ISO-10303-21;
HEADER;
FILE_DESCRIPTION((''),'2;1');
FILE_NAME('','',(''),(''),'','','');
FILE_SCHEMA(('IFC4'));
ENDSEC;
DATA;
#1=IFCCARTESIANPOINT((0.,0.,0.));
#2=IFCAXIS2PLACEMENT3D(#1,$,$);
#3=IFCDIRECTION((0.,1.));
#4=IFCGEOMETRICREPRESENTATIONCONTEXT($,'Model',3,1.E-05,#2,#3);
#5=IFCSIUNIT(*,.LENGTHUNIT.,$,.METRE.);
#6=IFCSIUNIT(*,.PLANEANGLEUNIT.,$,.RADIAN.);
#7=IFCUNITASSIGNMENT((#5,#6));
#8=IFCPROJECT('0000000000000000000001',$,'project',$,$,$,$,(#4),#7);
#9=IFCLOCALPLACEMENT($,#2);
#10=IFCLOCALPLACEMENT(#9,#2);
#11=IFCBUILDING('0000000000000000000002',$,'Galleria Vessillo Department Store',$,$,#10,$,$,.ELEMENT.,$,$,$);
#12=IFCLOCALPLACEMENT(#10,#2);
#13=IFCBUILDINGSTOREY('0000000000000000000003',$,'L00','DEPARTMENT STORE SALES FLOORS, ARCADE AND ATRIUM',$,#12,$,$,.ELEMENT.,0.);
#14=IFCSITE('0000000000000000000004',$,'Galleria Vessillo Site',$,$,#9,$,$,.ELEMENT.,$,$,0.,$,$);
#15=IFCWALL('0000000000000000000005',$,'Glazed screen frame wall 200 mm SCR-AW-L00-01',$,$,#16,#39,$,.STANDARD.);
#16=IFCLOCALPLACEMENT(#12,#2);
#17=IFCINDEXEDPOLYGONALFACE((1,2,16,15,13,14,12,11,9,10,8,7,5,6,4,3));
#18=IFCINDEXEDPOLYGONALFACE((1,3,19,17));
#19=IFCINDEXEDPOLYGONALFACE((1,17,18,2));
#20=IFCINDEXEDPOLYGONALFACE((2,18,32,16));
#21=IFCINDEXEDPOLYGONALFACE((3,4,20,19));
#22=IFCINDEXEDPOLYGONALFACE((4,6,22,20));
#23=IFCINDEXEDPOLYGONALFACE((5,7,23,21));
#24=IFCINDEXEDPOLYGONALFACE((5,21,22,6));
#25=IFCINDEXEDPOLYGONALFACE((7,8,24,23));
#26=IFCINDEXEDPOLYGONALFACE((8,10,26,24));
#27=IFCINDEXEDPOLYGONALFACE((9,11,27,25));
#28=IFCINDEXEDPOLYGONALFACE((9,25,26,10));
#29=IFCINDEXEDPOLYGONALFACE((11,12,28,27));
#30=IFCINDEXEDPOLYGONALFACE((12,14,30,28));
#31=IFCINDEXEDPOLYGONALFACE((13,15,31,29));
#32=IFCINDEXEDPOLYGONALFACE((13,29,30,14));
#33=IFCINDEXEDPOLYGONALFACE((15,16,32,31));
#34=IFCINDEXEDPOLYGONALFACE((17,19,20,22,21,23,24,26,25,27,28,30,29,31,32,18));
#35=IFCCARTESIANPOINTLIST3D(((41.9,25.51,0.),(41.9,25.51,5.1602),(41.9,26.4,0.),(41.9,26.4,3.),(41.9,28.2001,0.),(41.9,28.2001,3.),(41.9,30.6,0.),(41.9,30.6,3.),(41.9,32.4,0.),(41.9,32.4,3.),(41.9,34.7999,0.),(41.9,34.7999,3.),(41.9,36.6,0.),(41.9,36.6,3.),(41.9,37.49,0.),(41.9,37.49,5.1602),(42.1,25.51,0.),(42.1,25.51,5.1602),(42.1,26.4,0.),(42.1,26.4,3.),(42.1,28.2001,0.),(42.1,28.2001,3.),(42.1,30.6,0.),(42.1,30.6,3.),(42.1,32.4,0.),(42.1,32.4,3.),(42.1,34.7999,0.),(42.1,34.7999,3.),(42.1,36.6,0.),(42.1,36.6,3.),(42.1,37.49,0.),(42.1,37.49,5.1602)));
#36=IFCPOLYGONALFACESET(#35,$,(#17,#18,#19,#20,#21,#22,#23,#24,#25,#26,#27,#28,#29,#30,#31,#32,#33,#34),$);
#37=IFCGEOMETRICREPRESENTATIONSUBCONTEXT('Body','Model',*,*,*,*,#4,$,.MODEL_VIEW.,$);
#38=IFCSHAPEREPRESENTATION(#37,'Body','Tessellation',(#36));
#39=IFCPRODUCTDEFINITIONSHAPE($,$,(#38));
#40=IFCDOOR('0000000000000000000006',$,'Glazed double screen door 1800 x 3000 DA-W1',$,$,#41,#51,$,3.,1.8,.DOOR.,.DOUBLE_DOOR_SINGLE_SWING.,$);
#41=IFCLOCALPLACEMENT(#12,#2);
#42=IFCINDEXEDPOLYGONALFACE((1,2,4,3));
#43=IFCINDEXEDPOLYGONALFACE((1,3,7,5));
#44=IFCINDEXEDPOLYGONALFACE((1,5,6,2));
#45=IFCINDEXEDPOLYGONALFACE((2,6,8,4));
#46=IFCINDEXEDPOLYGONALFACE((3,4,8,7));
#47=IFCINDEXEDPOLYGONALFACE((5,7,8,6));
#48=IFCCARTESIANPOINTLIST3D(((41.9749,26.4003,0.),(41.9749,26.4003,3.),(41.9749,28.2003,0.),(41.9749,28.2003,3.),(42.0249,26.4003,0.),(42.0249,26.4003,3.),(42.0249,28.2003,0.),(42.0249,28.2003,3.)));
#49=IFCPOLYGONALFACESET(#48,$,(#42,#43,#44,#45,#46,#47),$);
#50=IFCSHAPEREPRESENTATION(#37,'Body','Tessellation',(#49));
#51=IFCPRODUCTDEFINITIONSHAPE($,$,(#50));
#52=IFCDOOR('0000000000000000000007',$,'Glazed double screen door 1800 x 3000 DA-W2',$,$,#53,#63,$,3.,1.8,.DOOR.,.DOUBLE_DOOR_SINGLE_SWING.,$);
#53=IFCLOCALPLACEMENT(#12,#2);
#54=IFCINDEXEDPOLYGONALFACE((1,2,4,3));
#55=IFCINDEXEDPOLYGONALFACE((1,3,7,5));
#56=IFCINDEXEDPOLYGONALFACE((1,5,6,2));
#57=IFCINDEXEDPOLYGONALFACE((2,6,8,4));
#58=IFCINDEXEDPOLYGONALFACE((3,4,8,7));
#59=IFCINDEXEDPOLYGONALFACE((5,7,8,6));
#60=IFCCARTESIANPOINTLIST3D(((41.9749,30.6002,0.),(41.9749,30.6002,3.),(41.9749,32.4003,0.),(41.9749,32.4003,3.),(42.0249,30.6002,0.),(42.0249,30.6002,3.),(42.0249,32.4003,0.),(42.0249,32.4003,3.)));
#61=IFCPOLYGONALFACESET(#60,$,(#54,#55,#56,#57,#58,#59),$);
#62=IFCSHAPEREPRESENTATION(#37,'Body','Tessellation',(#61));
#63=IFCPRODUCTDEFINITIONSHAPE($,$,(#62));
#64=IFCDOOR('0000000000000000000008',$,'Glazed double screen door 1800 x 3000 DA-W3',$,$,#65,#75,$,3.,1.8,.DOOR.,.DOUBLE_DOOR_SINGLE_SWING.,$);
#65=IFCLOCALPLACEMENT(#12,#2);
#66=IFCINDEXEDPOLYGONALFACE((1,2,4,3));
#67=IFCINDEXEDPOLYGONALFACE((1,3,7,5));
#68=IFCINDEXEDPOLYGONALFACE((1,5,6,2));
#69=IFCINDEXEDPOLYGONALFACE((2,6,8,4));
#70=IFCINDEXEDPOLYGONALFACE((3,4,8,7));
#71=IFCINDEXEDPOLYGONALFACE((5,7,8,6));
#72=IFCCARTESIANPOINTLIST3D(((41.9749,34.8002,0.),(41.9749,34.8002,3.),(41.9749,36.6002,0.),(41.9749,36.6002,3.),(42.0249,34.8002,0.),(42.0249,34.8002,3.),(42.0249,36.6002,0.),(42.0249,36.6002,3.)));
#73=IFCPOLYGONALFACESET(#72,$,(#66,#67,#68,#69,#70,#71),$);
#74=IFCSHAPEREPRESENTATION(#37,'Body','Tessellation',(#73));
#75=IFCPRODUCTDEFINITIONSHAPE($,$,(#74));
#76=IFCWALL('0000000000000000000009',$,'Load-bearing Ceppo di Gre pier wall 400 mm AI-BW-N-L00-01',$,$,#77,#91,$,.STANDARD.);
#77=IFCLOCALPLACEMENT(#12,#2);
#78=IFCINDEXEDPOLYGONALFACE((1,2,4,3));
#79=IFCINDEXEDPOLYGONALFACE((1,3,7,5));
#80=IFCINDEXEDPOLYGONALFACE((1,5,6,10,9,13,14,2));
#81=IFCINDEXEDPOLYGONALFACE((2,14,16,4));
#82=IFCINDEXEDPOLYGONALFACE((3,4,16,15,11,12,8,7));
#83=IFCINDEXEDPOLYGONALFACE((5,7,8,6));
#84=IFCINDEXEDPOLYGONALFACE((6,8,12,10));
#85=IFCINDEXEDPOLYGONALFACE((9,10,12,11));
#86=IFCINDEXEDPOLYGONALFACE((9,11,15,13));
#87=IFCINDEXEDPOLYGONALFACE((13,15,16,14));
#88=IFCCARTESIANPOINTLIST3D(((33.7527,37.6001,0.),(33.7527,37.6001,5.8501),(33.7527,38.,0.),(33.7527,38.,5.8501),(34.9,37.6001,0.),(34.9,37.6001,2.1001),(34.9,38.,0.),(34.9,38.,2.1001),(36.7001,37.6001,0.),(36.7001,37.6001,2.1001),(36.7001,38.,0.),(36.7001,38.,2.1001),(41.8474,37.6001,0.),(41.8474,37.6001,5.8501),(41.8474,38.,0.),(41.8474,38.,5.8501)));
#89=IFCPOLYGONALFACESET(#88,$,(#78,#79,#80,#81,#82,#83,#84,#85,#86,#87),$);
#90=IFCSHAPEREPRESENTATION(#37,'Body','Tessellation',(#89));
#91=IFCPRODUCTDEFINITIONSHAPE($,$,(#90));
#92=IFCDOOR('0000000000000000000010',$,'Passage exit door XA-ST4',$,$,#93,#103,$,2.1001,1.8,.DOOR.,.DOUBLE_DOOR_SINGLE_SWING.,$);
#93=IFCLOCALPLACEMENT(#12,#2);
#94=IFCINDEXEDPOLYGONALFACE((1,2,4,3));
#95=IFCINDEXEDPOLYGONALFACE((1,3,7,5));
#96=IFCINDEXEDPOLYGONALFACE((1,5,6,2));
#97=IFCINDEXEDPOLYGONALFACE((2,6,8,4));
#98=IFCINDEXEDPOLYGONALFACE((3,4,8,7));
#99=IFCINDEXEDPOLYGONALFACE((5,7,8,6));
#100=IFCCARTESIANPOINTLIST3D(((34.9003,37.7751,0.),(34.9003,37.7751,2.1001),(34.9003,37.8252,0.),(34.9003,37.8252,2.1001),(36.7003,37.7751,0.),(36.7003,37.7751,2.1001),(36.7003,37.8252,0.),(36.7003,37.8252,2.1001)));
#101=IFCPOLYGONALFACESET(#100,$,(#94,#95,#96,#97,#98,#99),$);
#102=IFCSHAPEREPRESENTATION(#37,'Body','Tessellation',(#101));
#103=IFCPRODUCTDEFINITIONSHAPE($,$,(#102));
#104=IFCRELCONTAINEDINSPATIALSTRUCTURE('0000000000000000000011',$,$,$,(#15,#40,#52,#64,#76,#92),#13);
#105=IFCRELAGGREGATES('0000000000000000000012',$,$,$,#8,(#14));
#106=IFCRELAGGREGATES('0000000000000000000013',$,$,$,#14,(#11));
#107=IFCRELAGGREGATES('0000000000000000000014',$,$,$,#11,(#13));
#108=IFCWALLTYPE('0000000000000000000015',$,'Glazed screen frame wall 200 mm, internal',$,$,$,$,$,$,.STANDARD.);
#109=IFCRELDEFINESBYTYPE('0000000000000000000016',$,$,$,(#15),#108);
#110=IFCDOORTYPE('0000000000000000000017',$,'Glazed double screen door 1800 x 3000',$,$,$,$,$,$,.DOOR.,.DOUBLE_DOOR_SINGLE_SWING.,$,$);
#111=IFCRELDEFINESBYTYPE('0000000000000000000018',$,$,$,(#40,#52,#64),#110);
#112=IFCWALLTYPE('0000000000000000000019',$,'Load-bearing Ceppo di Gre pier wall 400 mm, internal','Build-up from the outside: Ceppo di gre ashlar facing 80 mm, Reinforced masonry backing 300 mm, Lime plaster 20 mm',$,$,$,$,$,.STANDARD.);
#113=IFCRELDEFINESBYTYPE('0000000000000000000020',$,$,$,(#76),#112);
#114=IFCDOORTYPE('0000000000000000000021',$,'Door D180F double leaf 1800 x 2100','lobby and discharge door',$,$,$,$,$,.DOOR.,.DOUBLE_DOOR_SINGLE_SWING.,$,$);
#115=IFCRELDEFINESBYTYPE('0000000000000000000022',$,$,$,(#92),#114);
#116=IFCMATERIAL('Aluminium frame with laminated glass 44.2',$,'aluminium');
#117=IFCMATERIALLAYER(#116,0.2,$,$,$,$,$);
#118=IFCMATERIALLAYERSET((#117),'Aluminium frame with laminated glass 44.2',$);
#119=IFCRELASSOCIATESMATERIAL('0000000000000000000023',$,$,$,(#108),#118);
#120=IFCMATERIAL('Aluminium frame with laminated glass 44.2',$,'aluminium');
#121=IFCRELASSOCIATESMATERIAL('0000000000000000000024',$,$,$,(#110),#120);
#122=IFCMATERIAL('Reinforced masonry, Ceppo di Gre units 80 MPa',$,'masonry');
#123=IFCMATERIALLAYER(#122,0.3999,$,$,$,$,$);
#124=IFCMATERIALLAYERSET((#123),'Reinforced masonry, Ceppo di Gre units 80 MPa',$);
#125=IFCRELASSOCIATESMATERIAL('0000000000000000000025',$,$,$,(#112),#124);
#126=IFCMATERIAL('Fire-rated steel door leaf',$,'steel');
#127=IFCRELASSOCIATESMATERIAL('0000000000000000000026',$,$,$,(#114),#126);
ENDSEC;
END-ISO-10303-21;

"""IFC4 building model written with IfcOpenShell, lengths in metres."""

from ifc_helpers import new_model, si_unit, direction, frame, frame_2d, origin, place, context, subcontext, project, spatial, rectangle, extrude, material, layer, layer_set, type_object, element, fill, save


model = new_model("IFC4")

# Units and contexts
model_context = context("Model", 3, precision=1e-05, world=origin(), true_north=direction((0.0, 1.0)))
body_context = subcontext(model_context, "Body", "Model", "MODEL_VIEW")
ifc_project = project(units=[si_unit("LENGTHUNIT", "METRE"), si_unit("PLANEANGLEUNIT", "RADIAN")], contexts=[model_context])

# Site, building, storey
site_placement = place(None, origin())
site = spatial("IfcSite", under=ifc_project, at=site_placement, Name="Galleria Vessillo Site", CompositionType="ELEMENT", RefElevation=0.0)
building_placement = place(site_placement, origin())
building = spatial("IfcBuilding", under=site, at=building_placement, Name="Galleria Vessillo Department Store", CompositionType="ELEMENT")
storey_placement = place(building_placement, origin())
storey = spatial("IfcBuildingStorey", under=building, at=storey_placement, Name="L00", Description="DEPARTMENT STORE SALES FLOORS, ARCADE AND ATRIUM", CompositionType="ELEMENT", Elevation=0.0)

# Wall, openings, doors
ifc_material_1 = material(Name="Aluminium frame with laminated glass 44.2", Category="aluminium")
ifc_layer_1 = layer(ifc_material_1, 0.2)
ifc_layer_set_1 = layer_set([ifc_layer_1], Name="Aluminium frame with laminated glass 44.2")
wall_type_1 = type_object("IfcWallType", Name="Glazed screen frame wall 200 mm, internal", PredefinedType="STANDARD", material=ifc_layer_set_1)
wall_1_placement = place(storey_placement, frame((42.0, 25.51, 0.0), z_axis=(0.0, 0.0, 1.0), x_axis=(0.0, 1.0, 0.0)))
wall_1 = element("IfcWall", 1, at=wall_1_placement, inside=storey, type_object=wall_type_1, Name="Glazed screen frame wall 200 mm SCR-AW-L00-01", PredefinedType="STANDARD", context=body_context, shape_type="SweptSolid", body=[
    extrude(rectangle(XDim=11.98, YDim=0.2, at=frame_2d((5.99, 0.0))), origin(), (0.0, 0.0, 1.0), 5.1602),
])
opening_1_placement = place(wall_1_placement, frame((0.8901, 0.0, 0.0)))
opening_1 = element("IfcOpeningElement", 2, at=opening_1_placement, cuts=wall_1, PredefinedType="OPENING", context=body_context, shape_type="SweptSolid", body=[
    extrude(rectangle(XDim=1.8, YDim=3.0, at=frame_2d((0.8999, 1.5))), frame((0.0, 0.1099, 0.0), z_axis=(0.0, -1.0, 0.0), x_axis=(1.0, 0.0, 0.0)), (0.0, 0.0, 1.0), 0.22),
])
opening_2_placement = place(wall_1_placement, frame((5.0901, 0.0, 0.0)))
opening_2 = element("IfcOpeningElement", 3, at=opening_2_placement, cuts=wall_1, PredefinedType="OPENING", context=body_context, shape_type="SweptSolid", body=[
    extrude(rectangle(XDim=1.8, YDim=3.0, at=frame_2d((0.8999, 1.5))), frame((0.0, 0.1099, 0.0), z_axis=(0.0, -1.0, 0.0), x_axis=(1.0, 0.0, 0.0)), (0.0, 0.0, 1.0), 0.22),
])
opening_3_placement = place(wall_1_placement, frame((9.29, 0.0, 0.0)))
opening_3 = element("IfcOpeningElement", 4, at=opening_3_placement, cuts=wall_1, PredefinedType="OPENING", context=body_context, shape_type="SweptSolid", body=[
    extrude(rectangle(XDim=1.8, YDim=3.0, at=frame_2d((0.8999, 1.5))), frame((0.0, 0.1099, 0.0), z_axis=(0.0, -1.0, 0.0), x_axis=(1.0, 0.0, 0.0)), (0.0, 0.0, 1.0), 0.22),
])
ifc_material_2 = material(Name="Aluminium frame with laminated glass 44.2", Category="aluminium")
door_type_1 = type_object("IfcDoorType", Name="Glazed double screen door 1800 x 3000", OperationType="DOUBLE_DOOR_SINGLE_SWING", PredefinedType="DOOR", material=ifc_material_2)
door_1_placement = place(opening_1_placement, frame((1.8, 0.0, 0.0), z_axis=(0.0, 0.0, 1.0), x_axis=(-1.0, 0.0, 0.0)))
door_1 = element("IfcDoor", 5, at=door_1_placement, inside=storey, type_object=door_type_1, Name="Glazed double screen door 1800 x 3000 DA-W1", OperationType="DOUBLE_DOOR_SINGLE_SWING", OverallHeight=3.0, OverallWidth=1.8, PredefinedType="DOOR", context=body_context, shape_type="SweptSolid", body=[
    extrude(rectangle(XDim=1.8, YDim=3.0, at=frame_2d((0.8999, 1.5))), frame((0.0, 0.0249, 0.0), z_axis=(0.0, -1.0, 0.0), x_axis=(1.0, 0.0, 0.0)), (0.0, 0.0, 1.0), 0.05),
])
fill(opening_1, door_1)
door_2_placement = place(opening_2_placement, frame((1.8, 0.0, 0.0), z_axis=(0.0, 0.0, 1.0), x_axis=(-1.0, 0.0, 0.0)))
door_2 = element("IfcDoor", 6, at=door_2_placement, inside=storey, type_object=door_type_1, Name="Glazed double screen door 1800 x 3000 DA-W2", OperationType="DOUBLE_DOOR_SINGLE_SWING", OverallHeight=3.0, OverallWidth=1.8, PredefinedType="DOOR", context=body_context, shape_type="SweptSolid", body=[
    extrude(rectangle(XDim=1.8, YDim=3.0, at=frame_2d((0.8999, 1.5))), frame((0.0, 0.0249, 0.0), z_axis=(0.0, -1.0, 0.0), x_axis=(1.0, 0.0, 0.0)), (0.0, 0.0, 1.0), 0.05),
])
fill(opening_2, door_2)
door_3_placement = place(opening_3_placement, frame((1.8, 0.0, 0.0), z_axis=(0.0, 0.0, 1.0), x_axis=(-1.0, 0.0, 0.0)))
door_3 = element("IfcDoor", 7, at=door_3_placement, inside=storey, type_object=door_type_1, Name="Glazed double screen door 1800 x 3000 DA-W3", OperationType="DOUBLE_DOOR_SINGLE_SWING", OverallHeight=3.0, OverallWidth=1.8, PredefinedType="DOOR", context=body_context, shape_type="SweptSolid", body=[
    extrude(rectangle(XDim=1.8, YDim=3.0, at=frame_2d((0.8999, 1.5))), frame((0.0, 0.0249, 0.0), z_axis=(0.0, -1.0, 0.0), x_axis=(1.0, 0.0, 0.0)), (0.0, 0.0, 1.0), 0.05),
])
fill(opening_3, door_3)

# Wall, opening, door
ifc_material_3 = material(Name="Reinforced masonry, Ceppo di Gre units 80 MPa", Category="masonry")
ifc_layer_2 = layer(ifc_material_3, 0.3999)
ifc_layer_set_2 = layer_set([ifc_layer_2], Name="Reinforced masonry, Ceppo di Gre units 80 MPa")
wall_type_2 = type_object("IfcWallType", Name="Load-bearing Ceppo di Gre pier wall 400 mm, internal", Description="Build-up from the outside: Ceppo di gre ashlar facing 80 mm, Reinforced masonry backing 300 mm, Lime plaster 20 mm", PredefinedType="STANDARD", material=ifc_layer_set_2)
wall_2_placement = place(storey_placement, frame((33.7527, 37.8, 0.0), z_axis=(0.0, 0.0, 1.0), x_axis=(1.0, 0.0, 0.0)))
wall_2 = element("IfcWall", 8, at=wall_2_placement, inside=storey, type_object=wall_type_2, Name="Load-bearing Ceppo di Gre pier wall 400 mm AI-BW-N-L00-01", PredefinedType="STANDARD", context=body_context, shape_type="SweptSolid", body=[
    extrude(rectangle(XDim=8.0947, YDim=0.3999, at=frame_2d((4.0474, 0.0))), origin(), (0.0, 0.0, 1.0), 5.8501),
])
opening_4_placement = place(wall_2_placement, frame((1.1475, 0.0, 0.0)))
opening_4 = element("IfcOpeningElement", 9, at=opening_4_placement, cuts=wall_2, PredefinedType="OPENING", context=body_context, shape_type="SweptSolid", body=[
    extrude(rectangle(XDim=1.8, YDim=2.1001, at=frame_2d((0.8999, 1.05))), frame((0.0, 0.21, 0.0), z_axis=(0.0, -1.0, 0.0), x_axis=(1.0, 0.0, 0.0)), (0.0, 0.0, 1.0), 0.4199),
])
ifc_material_4 = material(Name="Fire-rated steel door leaf", Category="steel")
door_type_2 = type_object("IfcDoorType", Name="Door D180F double leaf 1800 x 2100", Description="lobby and discharge door", OperationType="DOUBLE_DOOR_SINGLE_SWING", PredefinedType="DOOR", material=ifc_material_4)
door_4_placement = place(opening_4_placement, frame((1.8, 0.0, 0.0), z_axis=(0.0, 0.0, 1.0), x_axis=(-1.0, 0.0, 0.0)))
door_4 = element("IfcDoor", 10, at=door_4_placement, inside=storey, type_object=door_type_2, Name="Passage exit door XA-ST4", OperationType="DOUBLE_DOOR_SINGLE_SWING", OverallHeight=2.1001, OverallWidth=1.8, PredefinedType="DOOR", context=body_context, shape_type="SweptSolid", body=[
    extrude(rectangle(XDim=1.8, YDim=2.1001, at=frame_2d((0.8999, 1.05))), frame((0.0, 0.0249, 0.0), z_axis=(0.0, -1.0, 0.0), x_axis=(1.0, 0.0, 0.0)), (0.0, 0.0, 1.0), 0.05),
])
fill(opening_4, door_4)

save(model, "model.ifc")
